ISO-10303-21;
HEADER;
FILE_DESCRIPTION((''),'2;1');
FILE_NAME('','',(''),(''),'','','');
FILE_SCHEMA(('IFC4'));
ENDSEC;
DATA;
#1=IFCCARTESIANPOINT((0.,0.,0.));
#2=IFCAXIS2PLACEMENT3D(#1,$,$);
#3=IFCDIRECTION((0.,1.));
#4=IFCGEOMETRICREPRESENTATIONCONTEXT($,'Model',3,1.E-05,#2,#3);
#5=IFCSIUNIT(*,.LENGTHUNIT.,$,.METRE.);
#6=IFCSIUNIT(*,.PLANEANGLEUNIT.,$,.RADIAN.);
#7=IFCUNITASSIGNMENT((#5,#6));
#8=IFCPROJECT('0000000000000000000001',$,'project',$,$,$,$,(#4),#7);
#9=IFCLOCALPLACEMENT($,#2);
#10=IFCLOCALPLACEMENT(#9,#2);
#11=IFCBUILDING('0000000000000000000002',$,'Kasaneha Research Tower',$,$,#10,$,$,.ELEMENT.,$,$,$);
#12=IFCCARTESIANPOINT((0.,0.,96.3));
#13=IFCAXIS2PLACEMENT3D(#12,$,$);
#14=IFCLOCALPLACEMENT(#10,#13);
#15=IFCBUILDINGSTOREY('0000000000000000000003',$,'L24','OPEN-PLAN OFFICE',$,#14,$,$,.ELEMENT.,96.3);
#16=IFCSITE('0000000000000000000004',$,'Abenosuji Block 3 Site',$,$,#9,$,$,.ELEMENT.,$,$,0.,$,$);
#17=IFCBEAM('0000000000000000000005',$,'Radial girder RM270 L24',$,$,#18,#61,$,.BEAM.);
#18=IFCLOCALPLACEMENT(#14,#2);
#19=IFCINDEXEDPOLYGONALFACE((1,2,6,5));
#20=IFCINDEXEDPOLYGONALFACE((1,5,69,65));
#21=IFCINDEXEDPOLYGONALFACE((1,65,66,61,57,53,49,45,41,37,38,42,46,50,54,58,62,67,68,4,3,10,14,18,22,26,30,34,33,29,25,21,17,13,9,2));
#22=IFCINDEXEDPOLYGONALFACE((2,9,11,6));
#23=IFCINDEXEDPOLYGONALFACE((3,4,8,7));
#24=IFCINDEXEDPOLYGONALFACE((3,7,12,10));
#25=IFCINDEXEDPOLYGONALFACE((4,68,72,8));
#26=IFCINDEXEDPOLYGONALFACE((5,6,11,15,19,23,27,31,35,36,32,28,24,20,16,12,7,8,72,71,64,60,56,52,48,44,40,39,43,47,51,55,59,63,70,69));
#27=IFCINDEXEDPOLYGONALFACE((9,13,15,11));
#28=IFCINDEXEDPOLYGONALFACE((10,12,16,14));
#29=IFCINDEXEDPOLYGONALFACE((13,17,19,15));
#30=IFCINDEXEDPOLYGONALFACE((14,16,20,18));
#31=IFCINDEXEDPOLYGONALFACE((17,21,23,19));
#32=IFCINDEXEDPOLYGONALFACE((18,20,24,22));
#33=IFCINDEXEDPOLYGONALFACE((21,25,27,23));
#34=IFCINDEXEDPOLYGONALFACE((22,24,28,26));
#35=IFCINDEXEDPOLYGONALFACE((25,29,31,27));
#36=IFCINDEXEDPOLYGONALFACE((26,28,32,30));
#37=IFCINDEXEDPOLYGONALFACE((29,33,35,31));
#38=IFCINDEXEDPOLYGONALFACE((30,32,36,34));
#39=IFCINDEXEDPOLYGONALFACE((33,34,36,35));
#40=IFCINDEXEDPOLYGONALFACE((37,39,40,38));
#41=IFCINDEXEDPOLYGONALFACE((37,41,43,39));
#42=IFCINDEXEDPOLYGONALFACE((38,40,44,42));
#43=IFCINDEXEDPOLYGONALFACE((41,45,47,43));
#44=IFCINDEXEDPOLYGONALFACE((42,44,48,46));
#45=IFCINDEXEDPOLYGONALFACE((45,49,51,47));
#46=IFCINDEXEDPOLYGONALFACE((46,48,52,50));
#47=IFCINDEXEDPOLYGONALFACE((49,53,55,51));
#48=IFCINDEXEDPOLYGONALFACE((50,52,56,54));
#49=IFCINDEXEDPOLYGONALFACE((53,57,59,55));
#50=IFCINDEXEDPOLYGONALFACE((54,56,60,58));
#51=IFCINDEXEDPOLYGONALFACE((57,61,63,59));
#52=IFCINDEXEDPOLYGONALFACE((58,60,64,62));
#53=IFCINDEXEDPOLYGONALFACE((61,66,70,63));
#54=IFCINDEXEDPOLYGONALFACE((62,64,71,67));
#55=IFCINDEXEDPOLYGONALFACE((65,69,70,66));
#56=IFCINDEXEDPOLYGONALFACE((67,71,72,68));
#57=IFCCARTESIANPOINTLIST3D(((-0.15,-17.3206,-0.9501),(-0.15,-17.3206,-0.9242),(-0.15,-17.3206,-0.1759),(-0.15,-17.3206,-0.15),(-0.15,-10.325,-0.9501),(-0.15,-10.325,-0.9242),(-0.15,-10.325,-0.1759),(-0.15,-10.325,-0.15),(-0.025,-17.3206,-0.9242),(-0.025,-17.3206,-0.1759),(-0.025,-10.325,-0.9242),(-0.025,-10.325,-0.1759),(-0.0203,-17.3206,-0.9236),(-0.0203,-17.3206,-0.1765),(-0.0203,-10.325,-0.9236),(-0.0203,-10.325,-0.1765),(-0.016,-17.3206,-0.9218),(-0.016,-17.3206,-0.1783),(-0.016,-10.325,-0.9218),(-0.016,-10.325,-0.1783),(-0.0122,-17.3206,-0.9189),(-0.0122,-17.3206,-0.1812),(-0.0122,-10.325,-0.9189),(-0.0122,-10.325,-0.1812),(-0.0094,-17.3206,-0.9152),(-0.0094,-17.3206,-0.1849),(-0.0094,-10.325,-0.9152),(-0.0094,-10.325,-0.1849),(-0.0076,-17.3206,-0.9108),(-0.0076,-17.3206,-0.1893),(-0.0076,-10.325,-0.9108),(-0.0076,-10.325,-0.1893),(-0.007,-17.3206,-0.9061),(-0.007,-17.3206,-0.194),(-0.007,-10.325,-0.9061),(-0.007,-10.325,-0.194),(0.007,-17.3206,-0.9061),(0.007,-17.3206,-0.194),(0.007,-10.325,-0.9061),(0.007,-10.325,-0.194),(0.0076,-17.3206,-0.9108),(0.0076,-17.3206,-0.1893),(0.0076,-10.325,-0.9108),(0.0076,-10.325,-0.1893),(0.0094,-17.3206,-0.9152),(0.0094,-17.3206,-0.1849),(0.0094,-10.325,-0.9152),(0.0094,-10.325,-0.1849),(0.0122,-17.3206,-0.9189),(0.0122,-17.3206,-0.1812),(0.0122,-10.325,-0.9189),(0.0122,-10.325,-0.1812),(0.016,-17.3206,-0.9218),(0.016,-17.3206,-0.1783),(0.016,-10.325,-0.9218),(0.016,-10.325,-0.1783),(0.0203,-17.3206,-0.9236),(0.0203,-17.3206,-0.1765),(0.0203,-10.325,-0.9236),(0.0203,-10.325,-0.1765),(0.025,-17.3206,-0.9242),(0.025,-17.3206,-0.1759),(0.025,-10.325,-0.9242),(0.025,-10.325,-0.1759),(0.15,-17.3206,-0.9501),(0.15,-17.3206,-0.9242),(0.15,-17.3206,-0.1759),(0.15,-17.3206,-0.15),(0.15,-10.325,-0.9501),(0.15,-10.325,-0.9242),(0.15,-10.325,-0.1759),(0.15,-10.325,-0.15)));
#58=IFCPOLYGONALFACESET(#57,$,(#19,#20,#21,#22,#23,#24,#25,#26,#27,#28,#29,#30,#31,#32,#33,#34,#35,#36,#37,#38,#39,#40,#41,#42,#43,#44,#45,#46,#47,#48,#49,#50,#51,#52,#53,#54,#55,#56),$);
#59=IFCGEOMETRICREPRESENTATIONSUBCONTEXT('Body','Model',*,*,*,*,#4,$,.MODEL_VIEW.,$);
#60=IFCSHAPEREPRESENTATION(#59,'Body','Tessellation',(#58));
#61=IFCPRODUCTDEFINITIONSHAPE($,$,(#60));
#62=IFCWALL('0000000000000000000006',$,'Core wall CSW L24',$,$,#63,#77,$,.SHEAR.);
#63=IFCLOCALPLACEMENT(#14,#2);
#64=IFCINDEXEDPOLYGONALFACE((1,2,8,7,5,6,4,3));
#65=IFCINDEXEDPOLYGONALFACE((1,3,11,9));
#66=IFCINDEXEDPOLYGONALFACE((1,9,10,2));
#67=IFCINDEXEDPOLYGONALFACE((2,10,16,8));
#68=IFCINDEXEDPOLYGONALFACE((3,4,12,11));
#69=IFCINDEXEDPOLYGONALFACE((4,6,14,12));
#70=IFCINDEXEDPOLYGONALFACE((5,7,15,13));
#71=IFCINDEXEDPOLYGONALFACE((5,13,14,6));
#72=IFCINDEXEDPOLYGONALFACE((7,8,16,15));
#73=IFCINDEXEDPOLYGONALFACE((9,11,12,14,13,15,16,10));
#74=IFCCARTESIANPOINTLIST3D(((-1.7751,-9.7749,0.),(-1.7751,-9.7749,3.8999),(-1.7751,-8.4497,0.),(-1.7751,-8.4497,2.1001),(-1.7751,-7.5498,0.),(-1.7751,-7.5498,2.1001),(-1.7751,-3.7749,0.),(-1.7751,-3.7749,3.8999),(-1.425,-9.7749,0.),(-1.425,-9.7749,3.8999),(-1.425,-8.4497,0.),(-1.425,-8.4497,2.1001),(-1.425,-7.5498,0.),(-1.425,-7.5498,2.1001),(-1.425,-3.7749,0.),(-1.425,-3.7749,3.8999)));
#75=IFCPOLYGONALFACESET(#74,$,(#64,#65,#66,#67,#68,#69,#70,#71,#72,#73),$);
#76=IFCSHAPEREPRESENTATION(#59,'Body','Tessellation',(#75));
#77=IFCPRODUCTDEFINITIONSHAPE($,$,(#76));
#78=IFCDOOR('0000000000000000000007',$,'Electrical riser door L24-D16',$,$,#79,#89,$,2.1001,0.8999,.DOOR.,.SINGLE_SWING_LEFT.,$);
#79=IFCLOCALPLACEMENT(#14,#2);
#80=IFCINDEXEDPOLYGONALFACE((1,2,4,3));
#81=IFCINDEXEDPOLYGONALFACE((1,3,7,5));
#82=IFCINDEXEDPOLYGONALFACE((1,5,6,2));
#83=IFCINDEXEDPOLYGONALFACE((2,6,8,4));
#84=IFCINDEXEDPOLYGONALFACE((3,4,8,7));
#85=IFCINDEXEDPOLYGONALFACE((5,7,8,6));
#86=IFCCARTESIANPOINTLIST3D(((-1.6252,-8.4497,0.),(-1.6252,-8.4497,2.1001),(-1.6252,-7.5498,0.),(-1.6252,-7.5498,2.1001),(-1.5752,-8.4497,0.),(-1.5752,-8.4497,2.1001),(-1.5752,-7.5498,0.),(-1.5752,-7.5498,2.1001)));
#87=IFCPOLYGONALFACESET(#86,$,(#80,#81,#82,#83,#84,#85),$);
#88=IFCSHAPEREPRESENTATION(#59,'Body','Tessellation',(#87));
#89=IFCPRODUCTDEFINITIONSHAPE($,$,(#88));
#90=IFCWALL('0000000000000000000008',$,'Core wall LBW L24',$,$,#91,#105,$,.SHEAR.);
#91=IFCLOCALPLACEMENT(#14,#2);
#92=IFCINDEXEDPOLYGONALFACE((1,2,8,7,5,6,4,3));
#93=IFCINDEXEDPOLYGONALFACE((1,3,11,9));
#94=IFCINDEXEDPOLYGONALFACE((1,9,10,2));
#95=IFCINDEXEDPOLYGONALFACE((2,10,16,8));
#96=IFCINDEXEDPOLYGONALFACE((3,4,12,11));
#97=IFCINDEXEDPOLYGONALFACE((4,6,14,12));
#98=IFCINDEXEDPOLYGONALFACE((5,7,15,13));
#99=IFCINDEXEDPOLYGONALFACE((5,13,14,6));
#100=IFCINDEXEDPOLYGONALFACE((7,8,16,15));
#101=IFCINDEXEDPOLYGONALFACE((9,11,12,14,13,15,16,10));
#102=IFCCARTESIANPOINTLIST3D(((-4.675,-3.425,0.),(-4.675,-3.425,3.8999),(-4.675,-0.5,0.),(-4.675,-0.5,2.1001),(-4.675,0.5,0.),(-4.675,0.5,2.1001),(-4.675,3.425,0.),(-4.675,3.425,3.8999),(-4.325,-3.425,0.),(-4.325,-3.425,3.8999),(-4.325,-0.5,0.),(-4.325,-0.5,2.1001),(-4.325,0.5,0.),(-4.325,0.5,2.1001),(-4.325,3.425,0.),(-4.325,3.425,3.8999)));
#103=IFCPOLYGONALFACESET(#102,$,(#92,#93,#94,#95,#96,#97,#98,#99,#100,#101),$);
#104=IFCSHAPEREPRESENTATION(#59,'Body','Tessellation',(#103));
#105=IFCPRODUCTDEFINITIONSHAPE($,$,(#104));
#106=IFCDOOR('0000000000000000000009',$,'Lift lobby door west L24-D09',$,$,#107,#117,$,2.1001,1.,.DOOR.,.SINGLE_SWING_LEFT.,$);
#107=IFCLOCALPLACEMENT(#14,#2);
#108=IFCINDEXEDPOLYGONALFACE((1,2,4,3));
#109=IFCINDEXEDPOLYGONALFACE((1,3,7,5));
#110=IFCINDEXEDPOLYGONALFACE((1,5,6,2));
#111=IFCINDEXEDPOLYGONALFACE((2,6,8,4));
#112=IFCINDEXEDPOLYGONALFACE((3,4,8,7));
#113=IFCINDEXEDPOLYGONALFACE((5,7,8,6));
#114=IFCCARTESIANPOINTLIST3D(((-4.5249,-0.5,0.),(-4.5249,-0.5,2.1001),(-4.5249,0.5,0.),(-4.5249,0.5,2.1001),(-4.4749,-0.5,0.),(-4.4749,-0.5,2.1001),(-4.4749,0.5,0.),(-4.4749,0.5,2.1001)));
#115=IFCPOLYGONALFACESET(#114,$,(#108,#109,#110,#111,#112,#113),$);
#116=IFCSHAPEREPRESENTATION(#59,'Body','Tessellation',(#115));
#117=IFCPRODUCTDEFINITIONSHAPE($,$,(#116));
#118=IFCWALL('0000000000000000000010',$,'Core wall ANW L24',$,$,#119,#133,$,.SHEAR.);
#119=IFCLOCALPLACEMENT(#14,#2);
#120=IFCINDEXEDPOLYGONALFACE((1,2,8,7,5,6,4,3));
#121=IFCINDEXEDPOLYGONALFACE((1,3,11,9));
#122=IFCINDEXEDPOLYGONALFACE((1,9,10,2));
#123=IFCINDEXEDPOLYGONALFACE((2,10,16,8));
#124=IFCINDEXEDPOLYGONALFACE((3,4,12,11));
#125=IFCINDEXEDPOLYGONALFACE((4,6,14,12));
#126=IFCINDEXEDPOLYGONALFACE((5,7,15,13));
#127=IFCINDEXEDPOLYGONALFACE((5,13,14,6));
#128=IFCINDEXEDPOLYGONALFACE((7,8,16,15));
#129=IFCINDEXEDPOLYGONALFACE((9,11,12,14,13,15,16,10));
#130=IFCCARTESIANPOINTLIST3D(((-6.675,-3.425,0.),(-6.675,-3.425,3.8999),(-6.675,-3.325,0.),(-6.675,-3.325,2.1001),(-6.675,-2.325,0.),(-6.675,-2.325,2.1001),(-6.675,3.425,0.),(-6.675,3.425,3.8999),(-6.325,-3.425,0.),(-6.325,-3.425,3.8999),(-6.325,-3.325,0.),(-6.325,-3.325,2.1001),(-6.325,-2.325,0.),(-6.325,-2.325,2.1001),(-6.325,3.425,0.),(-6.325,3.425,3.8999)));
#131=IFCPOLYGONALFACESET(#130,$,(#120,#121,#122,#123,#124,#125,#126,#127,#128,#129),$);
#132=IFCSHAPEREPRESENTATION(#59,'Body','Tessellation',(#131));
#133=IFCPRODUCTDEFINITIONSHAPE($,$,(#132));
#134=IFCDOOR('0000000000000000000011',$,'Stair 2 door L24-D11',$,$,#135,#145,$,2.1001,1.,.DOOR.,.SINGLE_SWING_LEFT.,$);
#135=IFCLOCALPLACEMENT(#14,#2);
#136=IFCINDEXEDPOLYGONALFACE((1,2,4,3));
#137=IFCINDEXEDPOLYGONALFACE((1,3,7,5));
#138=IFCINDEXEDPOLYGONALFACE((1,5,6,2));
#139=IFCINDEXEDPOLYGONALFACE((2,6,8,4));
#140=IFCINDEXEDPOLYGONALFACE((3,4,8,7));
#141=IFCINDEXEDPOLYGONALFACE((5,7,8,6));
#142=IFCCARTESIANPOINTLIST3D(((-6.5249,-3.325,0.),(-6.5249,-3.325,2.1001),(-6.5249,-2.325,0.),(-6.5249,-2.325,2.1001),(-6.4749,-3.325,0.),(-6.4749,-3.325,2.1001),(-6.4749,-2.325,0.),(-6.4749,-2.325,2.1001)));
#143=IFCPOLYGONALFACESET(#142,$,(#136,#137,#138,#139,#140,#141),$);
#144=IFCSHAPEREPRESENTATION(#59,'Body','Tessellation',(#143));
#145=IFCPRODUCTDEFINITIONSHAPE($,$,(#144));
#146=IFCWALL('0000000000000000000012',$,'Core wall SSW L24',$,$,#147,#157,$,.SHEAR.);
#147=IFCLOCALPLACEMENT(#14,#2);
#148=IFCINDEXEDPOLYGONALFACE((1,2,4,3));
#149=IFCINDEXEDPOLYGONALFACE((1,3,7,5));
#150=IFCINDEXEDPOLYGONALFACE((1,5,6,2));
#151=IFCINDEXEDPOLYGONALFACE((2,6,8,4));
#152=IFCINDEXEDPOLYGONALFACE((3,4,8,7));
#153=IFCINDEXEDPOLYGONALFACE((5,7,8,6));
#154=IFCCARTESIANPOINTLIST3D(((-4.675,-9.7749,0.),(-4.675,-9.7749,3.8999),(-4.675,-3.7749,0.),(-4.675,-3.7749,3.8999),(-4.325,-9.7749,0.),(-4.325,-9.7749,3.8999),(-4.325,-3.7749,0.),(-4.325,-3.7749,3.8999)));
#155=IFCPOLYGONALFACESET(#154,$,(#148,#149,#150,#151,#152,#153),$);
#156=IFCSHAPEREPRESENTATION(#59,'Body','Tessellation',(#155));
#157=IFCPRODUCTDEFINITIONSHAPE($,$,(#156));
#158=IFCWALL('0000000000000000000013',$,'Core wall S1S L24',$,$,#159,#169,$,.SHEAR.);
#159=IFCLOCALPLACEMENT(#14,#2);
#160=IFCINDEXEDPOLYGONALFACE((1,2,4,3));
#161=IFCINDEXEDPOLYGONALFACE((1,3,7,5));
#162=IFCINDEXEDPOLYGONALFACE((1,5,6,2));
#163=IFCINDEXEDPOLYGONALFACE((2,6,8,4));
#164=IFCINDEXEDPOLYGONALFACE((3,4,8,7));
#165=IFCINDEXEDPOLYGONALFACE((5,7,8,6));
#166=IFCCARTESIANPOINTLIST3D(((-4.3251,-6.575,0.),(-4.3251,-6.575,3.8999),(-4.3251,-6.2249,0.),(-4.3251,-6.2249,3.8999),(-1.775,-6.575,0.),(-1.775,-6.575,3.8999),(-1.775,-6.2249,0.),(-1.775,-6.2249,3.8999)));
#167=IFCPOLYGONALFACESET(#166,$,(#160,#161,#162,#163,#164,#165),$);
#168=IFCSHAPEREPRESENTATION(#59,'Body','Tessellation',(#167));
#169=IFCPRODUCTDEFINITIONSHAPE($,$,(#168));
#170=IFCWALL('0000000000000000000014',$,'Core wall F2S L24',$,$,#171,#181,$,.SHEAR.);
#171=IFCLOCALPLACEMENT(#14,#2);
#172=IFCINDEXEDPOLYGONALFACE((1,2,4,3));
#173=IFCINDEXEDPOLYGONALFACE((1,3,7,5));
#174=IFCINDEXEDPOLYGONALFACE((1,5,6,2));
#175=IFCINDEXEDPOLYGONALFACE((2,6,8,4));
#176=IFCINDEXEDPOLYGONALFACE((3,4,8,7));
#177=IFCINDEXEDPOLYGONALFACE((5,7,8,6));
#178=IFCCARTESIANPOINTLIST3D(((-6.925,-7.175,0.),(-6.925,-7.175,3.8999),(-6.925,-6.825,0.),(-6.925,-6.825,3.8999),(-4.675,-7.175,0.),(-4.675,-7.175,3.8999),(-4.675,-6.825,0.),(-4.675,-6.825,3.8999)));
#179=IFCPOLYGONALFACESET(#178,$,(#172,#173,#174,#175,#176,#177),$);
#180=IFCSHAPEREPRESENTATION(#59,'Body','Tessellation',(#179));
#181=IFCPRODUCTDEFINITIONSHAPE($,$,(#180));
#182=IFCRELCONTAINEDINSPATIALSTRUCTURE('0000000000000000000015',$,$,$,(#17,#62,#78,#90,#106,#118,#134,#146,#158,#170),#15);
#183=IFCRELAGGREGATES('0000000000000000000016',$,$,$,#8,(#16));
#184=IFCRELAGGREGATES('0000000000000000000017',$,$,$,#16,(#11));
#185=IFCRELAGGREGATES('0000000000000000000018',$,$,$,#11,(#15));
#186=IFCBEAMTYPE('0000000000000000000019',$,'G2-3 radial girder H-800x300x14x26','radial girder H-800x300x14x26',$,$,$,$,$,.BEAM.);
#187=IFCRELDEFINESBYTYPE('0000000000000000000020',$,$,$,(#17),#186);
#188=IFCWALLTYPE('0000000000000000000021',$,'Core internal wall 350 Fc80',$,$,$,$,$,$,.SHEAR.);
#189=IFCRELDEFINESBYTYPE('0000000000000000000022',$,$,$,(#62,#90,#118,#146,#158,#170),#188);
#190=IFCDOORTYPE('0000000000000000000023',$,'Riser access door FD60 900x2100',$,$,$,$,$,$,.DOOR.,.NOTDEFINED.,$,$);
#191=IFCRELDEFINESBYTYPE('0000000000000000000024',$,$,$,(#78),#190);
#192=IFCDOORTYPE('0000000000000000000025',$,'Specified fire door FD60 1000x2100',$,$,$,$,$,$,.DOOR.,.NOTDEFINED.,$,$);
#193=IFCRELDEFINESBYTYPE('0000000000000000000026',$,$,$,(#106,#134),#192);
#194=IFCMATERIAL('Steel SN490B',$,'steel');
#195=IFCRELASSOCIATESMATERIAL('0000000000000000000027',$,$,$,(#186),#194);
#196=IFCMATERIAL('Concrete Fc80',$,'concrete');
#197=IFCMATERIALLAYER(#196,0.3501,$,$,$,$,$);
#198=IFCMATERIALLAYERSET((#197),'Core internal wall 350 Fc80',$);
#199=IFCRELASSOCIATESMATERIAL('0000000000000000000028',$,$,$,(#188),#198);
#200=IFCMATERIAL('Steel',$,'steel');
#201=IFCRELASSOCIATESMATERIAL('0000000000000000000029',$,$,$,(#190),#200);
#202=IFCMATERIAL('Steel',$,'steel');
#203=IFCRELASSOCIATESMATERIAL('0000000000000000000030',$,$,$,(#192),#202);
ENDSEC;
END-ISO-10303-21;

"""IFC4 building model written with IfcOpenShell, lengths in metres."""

from ifc_helpers import new_model, si_unit, direction, frame, frame_2d, origin, origin_2d, place, context, subcontext, project, spatial, rectangle, i_section, extrude, material, layer, layer_set, material_profile, profile_set, type_object, element, fill, save


model = new_model("IFC4")

# Units and contexts
model_context = context("Model", 3, precision=1e-05, world=origin(), true_north=direction((0.0, 1.0)))
body_context = subcontext(model_context, "Body", "Model", "MODEL_VIEW")
ifc_project = project(units=[si_unit("LENGTHUNIT", "METRE"), si_unit("PLANEANGLEUNIT", "RADIAN")], contexts=[model_context])

# Site, building, storey
site_placement = place(None, origin())
site = spatial("IfcSite", under=ifc_project, at=site_placement, Name="Abenosuji Block 3 Site", CompositionType="ELEMENT", RefElevation=0.0)
building_placement = place(site_placement, origin())
building = spatial("IfcBuilding", under=site, at=building_placement, Name="Kasaneha Research Tower", CompositionType="ELEMENT")
storey_placement = place(building_placement, frame((0.0, 0.0, 96.3)))
storey = spatial("IfcBuildingStorey", under=building, at=storey_placement, Name="L24", Description="OPEN-PLAN OFFICE", CompositionType="ELEMENT", Elevation=96.3)

# Beam
ifc_material_1 = material(Name="Steel SN490B", Category="steel")
ifc_material_profile_1 = material_profile(ifc_material_1, i_section(OverallWidth=0.3, OverallDepth=0.8, WebThickness=0.0139, FlangeThickness=0.0259, FilletRadius=0.0181, at=origin_2d()), Name="H-800x300x14x26")
ifc_profile_set_1 = profile_set([ifc_material_profile_1], Name="Steel SN490B")
beam_type_1 = type_object("IfcBeamType", Name="G2-3 radial girder H-800x300x14x26", Description="radial girder H-800x300x14x26", PredefinedType="BEAM", material=ifc_profile_set_1)
beam_1_placement = place(storey_placement, frame((0.0, -10.325, -0.55), z_axis=(0.0, -1.0, 0.0), x_axis=(1.0, 0.0, 0.0)))
element("IfcBeam", 1, at=beam_1_placement, inside=storey, type_object=beam_type_1, Name="Radial girder RM270 L24", PredefinedType="BEAM", context=body_context, shape_type="SweptSolid", body=[
    extrude(i_section(OverallWidth=0.3, OverallDepth=0.8, WebThickness=0.0139, FlangeThickness=0.0259, FilletRadius=0.0181, at=origin_2d()), origin(), (0.0, 0.0, 1.0), 6.9956),
])

# Walls, openings, doors
ifc_material_2 = material(Name="Concrete Fc80", Category="concrete")
ifc_layer_1 = layer(ifc_material_2, 0.3501)
ifc_layer_set_1 = layer_set([ifc_layer_1], Name="Core internal wall 350 Fc80")
wall_type_1 = type_object("IfcWallType", Name="Core internal wall 350 Fc80", PredefinedType="SHEAR", material=ifc_layer_set_1)
wall_1_placement = place(storey_placement, frame((-1.6001, -3.7749, 0.0), z_axis=(0.0, 0.0, 1.0), x_axis=(0.0, -1.0, 0.0)))
wall_1 = element("IfcWall", 2, at=wall_1_placement, inside=storey, type_object=wall_type_1, Name="Core wall CSW L24", PredefinedType="SHEAR", context=body_context, shape_type="SweptSolid", body=[
    extrude(rectangle(XDim=6.0, YDim=0.3501, at=frame_2d((3.0, 0.0))), origin(), (0.0, 0.0, 1.0), 3.8999),
])
opening_1_placement = place(wall_1_placement, frame((3.7749, 0.0, 0.0)))
opening_1 = element("IfcOpeningElement", 3, at=opening_1_placement, cuts=wall_1, PredefinedType="OPENING", context=body_context, shape_type="SweptSolid", body=[
    extrude(rectangle(XDim=0.8999, YDim=2.1001, at=frame_2d((0.45, 1.05))), frame((0.0, 0.1851, 0.0), z_axis=(0.0, -1.0, 0.0), x_axis=(1.0, 0.0, 0.0)), (0.0, 0.0, 1.0), 0.3701),
])
ifc_material_3 = material(Name="Steel", Category="steel")
door_type_1 = type_object("IfcDoorType", Name="Riser access door FD60 900x2100", OperationType="NOTDEFINED", PredefinedType="DOOR", material=ifc_material_3)
door_1_placement = place(opening_1_placement, origin())
door_1 = element("IfcDoor", 4, at=door_1_placement, inside=storey, type_object=door_type_1, Name="Electrical riser door L24-D16", OperationType="SINGLE_SWING_LEFT", OverallHeight=2.1001, OverallWidth=0.8999, PredefinedType="DOOR", context=body_context, shape_type="SweptSolid", body=[
    extrude(rectangle(XDim=0.8999, YDim=2.1001, at=frame_2d((0.45, 1.05))), frame((0.0, 0.0249, 0.0), z_axis=(0.0, -1.0, 0.0), x_axis=(1.0, 0.0, 0.0)), (0.0, 0.0, 1.0), 0.05),
])
fill(opening_1, door_1)
wall_2_placement = place(storey_placement, frame((-4.5, -3.425, 0.0), z_axis=(0.0, 0.0, 1.0), x_axis=(0.0, 1.0, 0.0)))
wall_2 = element("IfcWall", 5, at=wall_2_placement, inside=storey, type_object=wall_type_1, Name="Core wall LBW L24", PredefinedType="SHEAR", context=body_context, shape_type="SweptSolid", body=[
    extrude(rectangle(XDim=6.8501, YDim=0.3501, at=frame_2d((3.425, 0.0))), origin(), (0.0, 0.0, 1.0), 3.8999),
])
opening_2_placement = place(wall_2_placement, frame((2.925, 0.0, 0.0)))
opening_2 = element("IfcOpeningElement", 6, at=opening_2_placement, cuts=wall_2, PredefinedType="OPENING", context=body_context, shape_type="SweptSolid", body=[
    extrude(rectangle(XDim=1.0, YDim=2.1001, at=frame_2d((0.5, 1.05))), frame((0.0, 0.1851, 0.0), z_axis=(0.0, -1.0, 0.0), x_axis=(1.0, 0.0, 0.0)), (0.0, 0.0, 1.0), 0.3701),
])
ifc_material_4 = material(Name="Steel", Category="steel")
door_type_2 = type_object("IfcDoorType", Name="Specified fire door FD60 1000x2100", OperationType="NOTDEFINED", PredefinedType="DOOR", material=ifc_material_4)
door_2_placement = place(opening_2_placement, origin())
door_2 = element("IfcDoor", 7, at=door_2_placement, inside=storey, type_object=door_type_2, Name="Lift lobby door west L24-D09", OperationType="SINGLE_SWING_LEFT", OverallHeight=2.1001, OverallWidth=1.0, PredefinedType="DOOR", context=body_context, shape_type="SweptSolid", body=[
    extrude(rectangle(XDim=1.0, YDim=2.1001, at=frame_2d((0.5, 1.05))), frame((0.0, 0.0249, 0.0), z_axis=(0.0, -1.0, 0.0), x_axis=(1.0, 0.0, 0.0)), (0.0, 0.0, 1.0), 0.05),
])
fill(opening_2, door_2)
wall_3_placement = place(storey_placement, frame((-6.5, -3.425, 0.0), z_axis=(0.0, 0.0, 1.0), x_axis=(0.0, 1.0, 0.0)))
wall_3 = element("IfcWall", 8, at=wall_3_placement, inside=storey, type_object=wall_type_1, Name="Core wall ANW L24", PredefinedType="SHEAR", context=body_context, shape_type="SweptSolid", body=[
    extrude(rectangle(XDim=6.8501, YDim=0.3501, at=frame_2d((3.425, 0.0))), origin(), (0.0, 0.0, 1.0), 3.8999),
])
opening_3_placement = place(wall_3_placement, frame((0.1001, 0.0, 0.0)))
opening_3 = element("IfcOpeningElement", 9, at=opening_3_placement, cuts=wall_3, PredefinedType="OPENING", context=body_context, shape_type="SweptSolid", body=[
    extrude(rectangle(XDim=1.0, YDim=2.1001, at=frame_2d((0.5, 1.05))), frame((0.0, 0.1851, 0.0), z_axis=(0.0, -1.0, 0.0), x_axis=(1.0, 0.0, 0.0)), (0.0, 0.0, 1.0), 0.3701),
])
door_3_placement = place(opening_3_placement, origin())
door_3 = element("IfcDoor", 10, at=door_3_placement, inside=storey, type_object=door_type_2, Name="Stair 2 door L24-D11", OperationType="SINGLE_SWING_LEFT", OverallHeight=2.1001, OverallWidth=1.0, PredefinedType="DOOR", context=body_context, shape_type="SweptSolid", body=[
    extrude(rectangle(XDim=1.0, YDim=2.1001, at=frame_2d((0.5, 1.05))), frame((0.0, 0.0249, 0.0), z_axis=(0.0, -1.0, 0.0), x_axis=(1.0, 0.0, 0.0)), (0.0, 0.0, 1.0), 0.05),
])
fill(opening_3, door_3)

# Walls
wall_4_placement = place(storey_placement, frame((-4.5, -3.7749, 0.0), z_axis=(0.0, 0.0, 1.0), x_axis=(0.0, -1.0, 0.0)))
element("IfcWall", 11, at=wall_4_placement, inside=storey, type_object=wall_type_1, Name="Core wall SSW L24", PredefinedType="SHEAR", context=body_context, shape_type="SweptSolid", body=[
    extrude(rectangle(XDim=6.0, YDim=0.3501, at=frame_2d((3.0, 0.0))), origin(), (0.0, 0.0, 1.0), 3.8999),
])
wall_5_placement = place(storey_placement, frame((-4.325, -6.3999, 0.0), z_axis=(0.0, 0.0, 1.0), x_axis=(1.0, 0.0, 0.0)))
element("IfcWall", 12, at=wall_5_placement, inside=storey, type_object=wall_type_1, Name="Core wall S1S L24", PredefinedType="SHEAR", context=body_context, shape_type="SweptSolid", body=[
    extrude(rectangle(XDim=2.55, YDim=0.3501, at=frame_2d((1.2749, 0.0))), origin(), (0.0, 0.0, 1.0), 3.8999),
])
wall_6_placement = place(storey_placement, frame((-6.925, -7.0, 0.0), z_axis=(0.0, 0.0, 1.0), x_axis=(1.0, 0.0, 0.0)))
element("IfcWall", 13, at=wall_6_placement, inside=storey, type_object=wall_type_1, Name="Core wall F2S L24", PredefinedType="SHEAR", context=body_context, shape_type="SweptSolid", body=[
    extrude(rectangle(XDim=2.25, YDim=0.3501, at=frame_2d((1.125, 0.0))), origin(), (0.0, 0.0, 1.0), 3.8999),
])

save(model, "model.ifc")
